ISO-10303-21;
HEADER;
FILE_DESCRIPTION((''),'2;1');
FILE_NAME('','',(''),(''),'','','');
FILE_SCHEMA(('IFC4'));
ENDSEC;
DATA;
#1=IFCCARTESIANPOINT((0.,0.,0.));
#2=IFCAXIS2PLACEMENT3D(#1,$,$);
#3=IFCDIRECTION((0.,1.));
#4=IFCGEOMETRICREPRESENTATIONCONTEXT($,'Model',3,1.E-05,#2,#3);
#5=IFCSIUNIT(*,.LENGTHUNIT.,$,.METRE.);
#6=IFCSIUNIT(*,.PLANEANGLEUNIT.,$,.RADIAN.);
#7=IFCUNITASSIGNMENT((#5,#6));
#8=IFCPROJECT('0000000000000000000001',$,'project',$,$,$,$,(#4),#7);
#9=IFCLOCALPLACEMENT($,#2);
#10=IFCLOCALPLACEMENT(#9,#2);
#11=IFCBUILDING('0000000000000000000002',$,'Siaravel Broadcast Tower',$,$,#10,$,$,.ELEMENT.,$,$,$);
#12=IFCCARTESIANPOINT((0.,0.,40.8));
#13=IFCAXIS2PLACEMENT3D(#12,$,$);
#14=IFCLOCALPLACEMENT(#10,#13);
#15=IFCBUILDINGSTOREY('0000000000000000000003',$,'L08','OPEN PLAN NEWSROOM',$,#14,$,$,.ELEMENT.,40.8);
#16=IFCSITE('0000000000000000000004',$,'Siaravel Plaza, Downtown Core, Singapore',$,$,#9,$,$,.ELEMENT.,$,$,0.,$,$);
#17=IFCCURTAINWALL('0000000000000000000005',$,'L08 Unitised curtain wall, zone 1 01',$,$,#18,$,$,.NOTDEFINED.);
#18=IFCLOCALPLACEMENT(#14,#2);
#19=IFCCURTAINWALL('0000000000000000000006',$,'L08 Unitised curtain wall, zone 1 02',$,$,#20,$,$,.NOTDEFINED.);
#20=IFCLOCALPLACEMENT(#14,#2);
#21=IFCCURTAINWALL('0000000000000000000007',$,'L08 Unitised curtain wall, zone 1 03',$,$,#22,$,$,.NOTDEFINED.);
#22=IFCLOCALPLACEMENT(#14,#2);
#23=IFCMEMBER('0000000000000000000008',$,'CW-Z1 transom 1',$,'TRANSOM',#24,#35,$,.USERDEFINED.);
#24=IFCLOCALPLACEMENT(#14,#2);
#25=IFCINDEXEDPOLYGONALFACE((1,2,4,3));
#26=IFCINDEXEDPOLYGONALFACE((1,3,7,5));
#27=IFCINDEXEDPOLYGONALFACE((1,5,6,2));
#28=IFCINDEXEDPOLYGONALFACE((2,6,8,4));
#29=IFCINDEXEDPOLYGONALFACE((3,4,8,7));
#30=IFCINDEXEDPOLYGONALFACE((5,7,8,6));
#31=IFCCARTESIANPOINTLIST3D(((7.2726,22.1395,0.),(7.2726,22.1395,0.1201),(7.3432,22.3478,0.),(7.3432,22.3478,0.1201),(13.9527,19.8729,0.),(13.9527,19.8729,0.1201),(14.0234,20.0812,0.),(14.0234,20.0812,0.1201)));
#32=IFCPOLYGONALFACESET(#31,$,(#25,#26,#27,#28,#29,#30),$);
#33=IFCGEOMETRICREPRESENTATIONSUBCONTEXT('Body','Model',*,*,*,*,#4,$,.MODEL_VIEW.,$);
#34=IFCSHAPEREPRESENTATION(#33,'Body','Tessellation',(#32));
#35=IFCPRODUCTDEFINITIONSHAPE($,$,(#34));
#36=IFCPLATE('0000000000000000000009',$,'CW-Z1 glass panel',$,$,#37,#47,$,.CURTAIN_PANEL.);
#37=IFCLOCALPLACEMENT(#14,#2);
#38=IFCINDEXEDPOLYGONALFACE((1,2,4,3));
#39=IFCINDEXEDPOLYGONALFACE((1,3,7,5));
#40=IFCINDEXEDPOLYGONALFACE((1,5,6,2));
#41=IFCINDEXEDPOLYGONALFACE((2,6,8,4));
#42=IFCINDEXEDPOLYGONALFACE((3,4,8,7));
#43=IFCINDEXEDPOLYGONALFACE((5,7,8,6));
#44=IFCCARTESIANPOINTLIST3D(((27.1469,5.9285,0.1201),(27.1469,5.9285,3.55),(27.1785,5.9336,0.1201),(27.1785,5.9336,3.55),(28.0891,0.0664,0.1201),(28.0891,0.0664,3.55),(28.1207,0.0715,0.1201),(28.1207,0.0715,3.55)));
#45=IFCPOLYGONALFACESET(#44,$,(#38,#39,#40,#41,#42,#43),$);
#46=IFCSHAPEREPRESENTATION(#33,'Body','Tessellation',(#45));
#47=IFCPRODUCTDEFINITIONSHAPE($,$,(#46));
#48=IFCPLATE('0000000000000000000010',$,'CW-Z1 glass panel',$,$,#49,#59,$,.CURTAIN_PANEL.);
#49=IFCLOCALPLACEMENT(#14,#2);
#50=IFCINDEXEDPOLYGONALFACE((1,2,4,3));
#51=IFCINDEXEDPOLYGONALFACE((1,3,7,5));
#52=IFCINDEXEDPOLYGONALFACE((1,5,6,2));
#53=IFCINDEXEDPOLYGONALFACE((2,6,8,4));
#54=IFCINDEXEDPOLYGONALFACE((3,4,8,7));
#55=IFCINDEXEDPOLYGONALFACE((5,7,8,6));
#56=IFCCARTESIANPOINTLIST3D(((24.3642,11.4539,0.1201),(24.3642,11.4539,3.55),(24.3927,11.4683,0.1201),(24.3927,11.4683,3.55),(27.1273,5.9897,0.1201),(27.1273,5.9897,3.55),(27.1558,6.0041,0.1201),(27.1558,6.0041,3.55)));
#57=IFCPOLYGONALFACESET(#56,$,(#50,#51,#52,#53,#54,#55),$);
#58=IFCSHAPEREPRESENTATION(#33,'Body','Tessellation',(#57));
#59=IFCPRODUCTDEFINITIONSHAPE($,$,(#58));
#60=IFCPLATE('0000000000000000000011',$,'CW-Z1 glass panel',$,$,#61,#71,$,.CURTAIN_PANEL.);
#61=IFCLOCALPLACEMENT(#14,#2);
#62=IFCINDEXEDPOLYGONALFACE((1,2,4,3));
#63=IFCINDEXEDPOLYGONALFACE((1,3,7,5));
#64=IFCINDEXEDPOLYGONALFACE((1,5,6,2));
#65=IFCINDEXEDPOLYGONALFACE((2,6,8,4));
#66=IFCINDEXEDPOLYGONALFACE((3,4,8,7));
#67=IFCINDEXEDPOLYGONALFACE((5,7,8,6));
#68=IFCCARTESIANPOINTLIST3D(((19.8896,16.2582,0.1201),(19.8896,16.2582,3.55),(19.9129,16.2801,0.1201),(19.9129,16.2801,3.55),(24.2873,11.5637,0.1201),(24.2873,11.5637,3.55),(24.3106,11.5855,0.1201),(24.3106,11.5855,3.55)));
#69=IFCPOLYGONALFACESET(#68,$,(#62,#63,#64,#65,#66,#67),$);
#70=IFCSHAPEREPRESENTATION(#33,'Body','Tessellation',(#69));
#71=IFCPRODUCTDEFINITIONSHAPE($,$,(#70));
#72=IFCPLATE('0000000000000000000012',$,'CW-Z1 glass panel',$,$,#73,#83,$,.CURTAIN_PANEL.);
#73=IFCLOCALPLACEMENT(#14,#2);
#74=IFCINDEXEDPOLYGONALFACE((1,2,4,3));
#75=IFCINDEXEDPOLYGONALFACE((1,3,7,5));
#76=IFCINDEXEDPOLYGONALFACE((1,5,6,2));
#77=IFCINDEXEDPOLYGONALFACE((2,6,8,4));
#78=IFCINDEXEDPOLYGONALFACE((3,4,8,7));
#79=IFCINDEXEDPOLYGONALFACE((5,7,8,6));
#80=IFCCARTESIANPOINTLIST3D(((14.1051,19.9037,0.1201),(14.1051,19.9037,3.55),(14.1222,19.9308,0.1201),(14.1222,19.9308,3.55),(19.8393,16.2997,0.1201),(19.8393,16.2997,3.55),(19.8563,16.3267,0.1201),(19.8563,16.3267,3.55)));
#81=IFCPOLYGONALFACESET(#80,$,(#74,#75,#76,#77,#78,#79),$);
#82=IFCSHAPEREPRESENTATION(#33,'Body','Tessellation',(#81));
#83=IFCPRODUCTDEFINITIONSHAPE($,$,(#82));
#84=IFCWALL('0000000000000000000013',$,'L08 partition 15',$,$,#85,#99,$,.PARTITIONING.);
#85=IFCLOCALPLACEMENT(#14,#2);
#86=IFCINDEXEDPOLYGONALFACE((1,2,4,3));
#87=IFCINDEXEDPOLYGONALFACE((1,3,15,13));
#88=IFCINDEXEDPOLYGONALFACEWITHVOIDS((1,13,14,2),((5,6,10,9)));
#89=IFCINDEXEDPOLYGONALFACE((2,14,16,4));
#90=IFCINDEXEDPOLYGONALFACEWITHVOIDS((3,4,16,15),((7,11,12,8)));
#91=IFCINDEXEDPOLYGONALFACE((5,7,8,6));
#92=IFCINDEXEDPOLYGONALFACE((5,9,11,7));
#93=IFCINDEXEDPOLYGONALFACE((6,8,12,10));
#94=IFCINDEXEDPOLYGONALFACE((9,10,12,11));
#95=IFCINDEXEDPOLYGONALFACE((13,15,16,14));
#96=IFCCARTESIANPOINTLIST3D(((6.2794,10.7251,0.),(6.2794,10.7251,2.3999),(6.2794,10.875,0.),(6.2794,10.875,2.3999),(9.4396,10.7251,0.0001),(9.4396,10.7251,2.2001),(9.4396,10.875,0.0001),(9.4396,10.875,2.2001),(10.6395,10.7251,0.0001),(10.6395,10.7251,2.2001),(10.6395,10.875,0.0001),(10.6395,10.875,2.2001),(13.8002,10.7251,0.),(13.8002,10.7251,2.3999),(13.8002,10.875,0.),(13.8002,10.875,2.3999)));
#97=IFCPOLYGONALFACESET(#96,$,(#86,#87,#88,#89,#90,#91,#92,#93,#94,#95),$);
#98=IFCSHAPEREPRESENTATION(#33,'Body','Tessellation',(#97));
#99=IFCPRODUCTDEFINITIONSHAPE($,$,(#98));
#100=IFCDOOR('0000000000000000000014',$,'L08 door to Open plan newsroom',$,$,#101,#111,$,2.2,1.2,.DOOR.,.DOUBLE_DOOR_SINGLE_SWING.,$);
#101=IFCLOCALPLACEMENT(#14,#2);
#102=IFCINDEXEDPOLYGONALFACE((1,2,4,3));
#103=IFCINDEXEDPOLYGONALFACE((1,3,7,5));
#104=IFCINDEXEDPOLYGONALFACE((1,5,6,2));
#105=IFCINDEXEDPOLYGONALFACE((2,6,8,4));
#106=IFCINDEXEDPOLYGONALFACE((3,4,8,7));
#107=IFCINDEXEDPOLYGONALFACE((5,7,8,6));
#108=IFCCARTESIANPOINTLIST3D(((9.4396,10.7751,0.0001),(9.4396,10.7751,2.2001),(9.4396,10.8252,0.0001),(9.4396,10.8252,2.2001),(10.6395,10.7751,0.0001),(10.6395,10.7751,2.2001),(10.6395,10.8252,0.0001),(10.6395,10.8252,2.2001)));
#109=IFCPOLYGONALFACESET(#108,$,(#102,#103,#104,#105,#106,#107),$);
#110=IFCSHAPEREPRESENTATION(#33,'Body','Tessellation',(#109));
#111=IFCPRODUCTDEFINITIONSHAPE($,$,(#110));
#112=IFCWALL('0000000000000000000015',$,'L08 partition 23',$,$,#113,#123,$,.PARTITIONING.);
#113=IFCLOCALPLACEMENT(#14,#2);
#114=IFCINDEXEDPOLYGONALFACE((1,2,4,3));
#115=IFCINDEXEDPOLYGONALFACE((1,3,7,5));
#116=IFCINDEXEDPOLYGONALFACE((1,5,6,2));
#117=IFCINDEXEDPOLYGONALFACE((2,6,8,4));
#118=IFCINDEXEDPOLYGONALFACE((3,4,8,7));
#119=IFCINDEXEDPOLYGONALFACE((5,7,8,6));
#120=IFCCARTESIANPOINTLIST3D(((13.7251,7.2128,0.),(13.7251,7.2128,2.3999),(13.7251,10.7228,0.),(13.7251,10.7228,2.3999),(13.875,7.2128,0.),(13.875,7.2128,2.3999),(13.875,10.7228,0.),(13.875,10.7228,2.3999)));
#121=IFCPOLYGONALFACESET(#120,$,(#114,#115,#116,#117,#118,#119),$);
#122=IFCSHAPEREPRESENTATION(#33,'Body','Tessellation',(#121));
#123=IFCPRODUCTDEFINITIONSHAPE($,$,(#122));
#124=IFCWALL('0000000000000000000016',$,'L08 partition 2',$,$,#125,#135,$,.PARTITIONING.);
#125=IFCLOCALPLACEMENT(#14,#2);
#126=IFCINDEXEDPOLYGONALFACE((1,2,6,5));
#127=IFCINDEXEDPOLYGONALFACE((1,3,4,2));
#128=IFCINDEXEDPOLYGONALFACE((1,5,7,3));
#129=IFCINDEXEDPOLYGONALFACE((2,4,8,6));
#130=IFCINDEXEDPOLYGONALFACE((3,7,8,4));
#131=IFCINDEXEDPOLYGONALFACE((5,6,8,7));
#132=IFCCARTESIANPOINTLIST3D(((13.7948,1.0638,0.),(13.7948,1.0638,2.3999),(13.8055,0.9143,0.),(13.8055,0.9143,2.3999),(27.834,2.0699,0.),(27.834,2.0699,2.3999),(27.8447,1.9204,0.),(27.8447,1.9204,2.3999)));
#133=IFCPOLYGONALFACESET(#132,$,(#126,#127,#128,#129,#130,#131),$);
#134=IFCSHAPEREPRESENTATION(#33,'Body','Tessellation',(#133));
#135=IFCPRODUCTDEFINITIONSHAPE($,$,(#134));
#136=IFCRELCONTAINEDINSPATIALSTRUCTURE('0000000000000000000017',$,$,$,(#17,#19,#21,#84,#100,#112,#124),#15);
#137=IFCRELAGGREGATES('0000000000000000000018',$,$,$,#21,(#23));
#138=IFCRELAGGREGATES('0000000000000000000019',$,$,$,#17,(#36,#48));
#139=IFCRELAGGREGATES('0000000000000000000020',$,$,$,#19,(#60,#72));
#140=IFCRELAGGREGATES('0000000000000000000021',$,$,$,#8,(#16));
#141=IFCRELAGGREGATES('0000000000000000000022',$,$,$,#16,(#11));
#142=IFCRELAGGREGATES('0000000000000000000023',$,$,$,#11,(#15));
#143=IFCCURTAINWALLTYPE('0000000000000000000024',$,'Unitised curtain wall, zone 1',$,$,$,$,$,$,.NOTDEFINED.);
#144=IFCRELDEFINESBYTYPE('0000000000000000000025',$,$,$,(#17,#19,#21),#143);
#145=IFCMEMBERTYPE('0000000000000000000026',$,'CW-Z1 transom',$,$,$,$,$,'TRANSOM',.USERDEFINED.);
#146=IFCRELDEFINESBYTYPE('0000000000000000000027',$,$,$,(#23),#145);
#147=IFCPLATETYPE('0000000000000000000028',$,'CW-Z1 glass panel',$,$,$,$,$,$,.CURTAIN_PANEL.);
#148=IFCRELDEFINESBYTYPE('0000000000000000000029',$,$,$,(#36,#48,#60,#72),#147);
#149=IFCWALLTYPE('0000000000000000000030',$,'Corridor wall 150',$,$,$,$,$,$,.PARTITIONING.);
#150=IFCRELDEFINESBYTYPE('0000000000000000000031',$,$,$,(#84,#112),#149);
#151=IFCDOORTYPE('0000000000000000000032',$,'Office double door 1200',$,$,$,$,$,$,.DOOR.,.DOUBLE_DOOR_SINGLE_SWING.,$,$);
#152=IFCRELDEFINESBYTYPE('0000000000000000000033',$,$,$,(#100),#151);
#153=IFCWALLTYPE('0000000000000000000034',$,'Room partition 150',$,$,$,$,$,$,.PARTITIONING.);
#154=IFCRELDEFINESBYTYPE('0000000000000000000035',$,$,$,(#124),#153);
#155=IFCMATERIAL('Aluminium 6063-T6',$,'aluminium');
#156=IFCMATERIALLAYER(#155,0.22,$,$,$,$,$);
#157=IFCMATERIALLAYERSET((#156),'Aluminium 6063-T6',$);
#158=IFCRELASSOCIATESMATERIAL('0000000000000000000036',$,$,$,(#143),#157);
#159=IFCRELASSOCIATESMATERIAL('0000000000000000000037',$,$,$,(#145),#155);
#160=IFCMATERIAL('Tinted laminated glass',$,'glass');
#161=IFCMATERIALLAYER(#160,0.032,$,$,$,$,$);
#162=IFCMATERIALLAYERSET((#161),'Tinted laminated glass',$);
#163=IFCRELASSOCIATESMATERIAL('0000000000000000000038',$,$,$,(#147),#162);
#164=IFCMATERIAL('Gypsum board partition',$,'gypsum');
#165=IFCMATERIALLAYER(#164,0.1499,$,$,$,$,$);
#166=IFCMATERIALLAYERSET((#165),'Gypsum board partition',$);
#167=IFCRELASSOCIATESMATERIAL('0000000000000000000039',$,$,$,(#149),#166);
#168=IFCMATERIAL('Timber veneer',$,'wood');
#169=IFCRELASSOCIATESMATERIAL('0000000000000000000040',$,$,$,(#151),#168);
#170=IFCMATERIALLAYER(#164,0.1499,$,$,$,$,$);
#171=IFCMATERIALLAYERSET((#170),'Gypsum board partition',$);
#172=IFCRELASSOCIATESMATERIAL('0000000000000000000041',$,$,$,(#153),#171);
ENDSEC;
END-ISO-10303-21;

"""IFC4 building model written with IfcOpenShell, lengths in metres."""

from ifc_helpers import new_model, si_unit, direction, frame, frame_2d, origin, origin_2d, place, context, subcontext, project, spatial, rectangle, extrude, material, layer, layer_set, material_profile, profile_set, type_object, element, fill, aggregate, save


model = new_model("IFC4")

# Units and contexts
model_context = context("Model", 3, precision=1e-05, world=origin(), true_north=direction((0.0, 1.0)))
body_context = subcontext(model_context, "Body", "Model", "MODEL_VIEW")
ifc_project = project(units=[si_unit("LENGTHUNIT", "METRE"), si_unit("PLANEANGLEUNIT", "RADIAN")], contexts=[model_context])

# Site, building, storey
site_placement = place(None, origin())
site = spatial("IfcSite", under=ifc_project, at=site_placement, Name="Siaravel Plaza, Downtown Core, Singapore", CompositionType="ELEMENT", RefElevation=0.0)
building_placement = place(site_placement, origin())
building = spatial("IfcBuilding", under=site, at=building_placement, Name="Siaravel Broadcast Tower", CompositionType="ELEMENT")
storey_placement = place(building_placement, frame((0.0, 0.0, 40.8)))
storey = spatial("IfcBuildingStorey", under=building, at=storey_placement, Name="L08", Description="OPEN PLAN NEWSROOM", CompositionType="ELEMENT", Elevation=40.8)

# Curtain walls
ifc_material_1 = material(Name="Aluminium 6063-T6", Category="aluminium")
ifc_layer_1 = layer(ifc_material_1, 0.22)
ifc_layer_set_1 = layer_set([ifc_layer_1], Name="Aluminium 6063-T6")
curtain_wall_type = type_object("IfcCurtainWallType", Name="Unitised curtain wall, zone 1", PredefinedType="NOTDEFINED", material=ifc_layer_set_1)
curtain_wall_1_placement = place(storey_placement, origin())
curtain_wall_1 = element("IfcCurtainWall", 1, at=curtain_wall_1_placement, inside=storey, type_object=curtain_wall_type, Name="L08 Unitised curtain wall, zone 1 01", PredefinedType="NOTDEFINED")
curtain_wall_2_placement = place(storey_placement, origin())
curtain_wall_2 = element("IfcCurtainWall", 2, at=curtain_wall_2_placement, inside=storey, type_object=curtain_wall_type, Name="L08 Unitised curtain wall, zone 1 02", PredefinedType="NOTDEFINED")

# Curtain wall
curtain_wall_3_placement = place(storey_placement, origin())
curtain_wall_3 = element("IfcCurtainWall", 3, at=curtain_wall_3_placement, inside=storey, type_object=curtain_wall_type, Name="L08 Unitised curtain wall, zone 1 03", PredefinedType="NOTDEFINED")

# Member
ifc_material_profile_1 = material_profile(ifc_material_1, rectangle(XDim=0.22, YDim=0.1201, at=origin_2d()))
ifc_profile_set_1 = profile_set([ifc_material_profile_1], Name="Aluminium 6063-T6")
member_type_1 = type_object("IfcMemberType", Name="CW-Z1 transom", ElementType="TRANSOM", PredefinedType="USERDEFINED", material=ifc_profile_set_1)
member_1_placement = place(storey_placement, frame((13.988, 19.9771, 0.0601), z_axis=(-0.946974, 0.321311, 0.0), x_axis=(-0.321311, -0.946974, 0.0)))
member_1 = element("IfcMember", 4, at=member_1_placement, type_object=member_type_1, Name="CW-Z1 transom 1", ObjectType="TRANSOM", PredefinedType="USERDEFINED", context=body_context, shape_type="SweptSolid", body=[
    extrude(rectangle(XDim=0.22, YDim=0.1201, at=origin_2d()), origin(), (0.0, 0.0, 1.0), 7.0542),
])
aggregate(curtain_wall_3, [member_1])

# Plates
ifc_material_2 = material(Name="Tinted laminated glass", Category="glass")
ifc_layer_2 = layer(ifc_material_2, 0.032)
ifc_layer_set_2 = layer_set([ifc_layer_2], Name="Tinted laminated glass")
plate_type = type_object("IfcPlateType", Name="CW-Z1 glass panel", PredefinedType="CURTAIN_PANEL", material=ifc_layer_set_2)
plate_1_placement = place(storey_placement, frame((27.6338, 3.0, 0.1201), z_axis=(0.0, 0.0, 1.0), x_axis=(-0.158686, 0.987329, 0.0)))
plate_1 = element("IfcPlate", 5, at=plate_1_placement, type_object=plate_type, Name="CW-Z1 glass panel", PredefinedType="CURTAIN_PANEL", context=body_context, shape_type="SweptSolid", body=[
    extrude(rectangle(XDim=5.9373, YDim=0.032, at=origin_2d()), origin(), (0.0, 0.0, 1.0), 3.4299),
])
plate_2_placement = place(storey_placement, frame((25.76, 8.729, 0.1201), z_axis=(0.0, 0.0, 1.0), x_axis=(-0.451261, 0.892392, 0.0)))
plate_2 = element("IfcPlate", 6, at=plate_2_placement, type_object=plate_type, Name="CW-Z1 glass panel", PredefinedType="CURTAIN_PANEL", context=body_context, shape_type="SweptSolid", body=[
    extrude(rectangle(XDim=6.123, YDim=0.032, at=origin_2d()), origin(), (0.0, 0.0, 1.0), 3.4299),
])
aggregate(curtain_wall_1, [plate_1, plate_2])
plate_3_placement = place(storey_placement, frame((22.1001, 13.9219, 0.1201), z_axis=(0.0, 0.0, 1.0), x_axis=(-0.683655, 0.729805, 0.0)))
plate_3 = element("IfcPlate", 7, at=plate_3_placement, type_object=plate_type, Name="CW-Z1 glass panel", PredefinedType="CURTAIN_PANEL", context=body_context, shape_type="SweptSolid", body=[
    extrude(rectangle(XDim=6.4326, YDim=0.032, at=origin_2d()), origin(), (0.0, 0.0, 1.0), 3.4299),
])
plate_4_placement = place(storey_placement, frame((16.9807, 18.1152, 0.1201), z_axis=(0.0, 0.0, 1.0), x_axis=(-0.846651, 0.532149, 0.0)))
plate_4 = element("IfcPlate", 8, at=plate_4_placement, type_object=plate_type, Name="CW-Z1 glass panel", PredefinedType="CURTAIN_PANEL", context=body_context, shape_type="SweptSolid", body=[
    extrude(rectangle(XDim=6.7727, YDim=0.032, at=origin_2d()), origin(), (0.0, 0.0, 1.0), 3.4299),
])
aggregate(curtain_wall_2, [plate_3, plate_4])

# Wall, opening, door
ifc_material_3 = material(Name="Gypsum board partition", Category="gypsum")
ifc_layer_3 = layer(ifc_material_3, 0.1499)
ifc_layer_set_3 = layer_set([ifc_layer_3], Name="Gypsum board partition")
wall_type_1 = type_object("IfcWallType", Name="Corridor wall 150", PredefinedType="PARTITIONING", material=ifc_layer_set_3)
wall_1_placement = place(storey_placement, frame((13.8, 10.8, 0.0), z_axis=(0.0, 0.0, 1.0), x_axis=(-1.0, 0.0, 0.0)))
wall_1 = element("IfcWall", 9, at=wall_1_placement, inside=storey, type_object=wall_type_1, Name="L08 partition 15", PredefinedType="PARTITIONING", context=body_context, shape_type="SweptSolid", body=[
    extrude(rectangle(XDim=7.5208, YDim=0.1499, at=frame_2d((3.7603, 0.0))), origin(), (0.0, 0.0, 1.0), 2.3999),
])
opening_placement = place(wall_1_placement, frame((3.1604, 0.0, 0.0)))
opening = element("IfcOpeningElement", 10, at=opening_placement, cuts=wall_1, PredefinedType="OPENING", context=body_context, shape_type="SweptSolid", body=[
    extrude(rectangle(XDim=1.2, YDim=2.2, at=frame_2d((0.6001, 1.1001))), frame((0.0, 0.085, 0.0), z_axis=(0.0, -1.0, 0.0), x_axis=(1.0, 0.0, 0.0)), (0.0, 0.0, 1.0), 0.1699),
])
ifc_material_4 = material(Name="Timber veneer", Category="wood")
door_type = type_object("IfcDoorType", Name="Office double door 1200", OperationType="DOUBLE_DOOR_SINGLE_SWING", PredefinedType="DOOR", material=ifc_material_4)
door_placement = place(opening_placement, origin())
door = element("IfcDoor", 11, at=door_placement, inside=storey, type_object=door_type, Name="L08 door to Open plan newsroom", OperationType="DOUBLE_DOOR_SINGLE_SWING", OverallHeight=2.2, OverallWidth=1.2, PredefinedType="DOOR", context=body_context, shape_type="SweptSolid", body=[
    extrude(rectangle(XDim=1.2, YDim=2.2, at=frame_2d((0.6001, 1.1001))), frame((0.0, 0.0249, 0.0), z_axis=(0.0, -1.0, 0.0), x_axis=(1.0, 0.0, 0.0)), (0.0, 0.0, 1.0), 0.05),
])
fill(opening, door)

# Walls
wall_2_placement = place(storey_placement, frame((13.8, 7.2129, 0.0), z_axis=(0.0, 0.0, 1.0), x_axis=(0.0, 1.0, 0.0)))
element("IfcWall", 12, at=wall_2_placement, inside=storey, type_object=wall_type_1, Name="L08 partition 23", PredefinedType="PARTITIONING", context=body_context, shape_type="SweptSolid", body=[
    extrude(rectangle(XDim=3.51, YDim=0.1499, at=frame_2d((1.7549, 0.0))), origin(), (0.0, 0.0, 1.0), 2.3999),
])
ifc_layer_4 = layer(ifc_material_3, 0.1499)
ifc_layer_set_4 = layer_set([ifc_layer_4], Name="Gypsum board partition")
wall_type_2 = type_object("IfcWallType", Name="Room partition 150", PredefinedType="PARTITIONING", material=ifc_layer_set_4)
wall_3_placement = place(storey_placement, frame((27.8394, 1.9951, 0.0), z_axis=(0.0, 0.0, 1.0), x_axis=(-0.997442, -0.07148, 0.0)))
element("IfcWall", 13, at=wall_3_placement, inside=storey, type_object=wall_type_2, Name="L08 partition 2", PredefinedType="PARTITIONING", context=body_context, shape_type="SweptSolid", body=[
    extrude(rectangle(XDim=14.0752, YDim=0.1499, at=frame_2d((7.0376, 0.0))), origin(), (0.0, 0.0, 1.0), 2.3999),
])

save(model, "model.ifc")
